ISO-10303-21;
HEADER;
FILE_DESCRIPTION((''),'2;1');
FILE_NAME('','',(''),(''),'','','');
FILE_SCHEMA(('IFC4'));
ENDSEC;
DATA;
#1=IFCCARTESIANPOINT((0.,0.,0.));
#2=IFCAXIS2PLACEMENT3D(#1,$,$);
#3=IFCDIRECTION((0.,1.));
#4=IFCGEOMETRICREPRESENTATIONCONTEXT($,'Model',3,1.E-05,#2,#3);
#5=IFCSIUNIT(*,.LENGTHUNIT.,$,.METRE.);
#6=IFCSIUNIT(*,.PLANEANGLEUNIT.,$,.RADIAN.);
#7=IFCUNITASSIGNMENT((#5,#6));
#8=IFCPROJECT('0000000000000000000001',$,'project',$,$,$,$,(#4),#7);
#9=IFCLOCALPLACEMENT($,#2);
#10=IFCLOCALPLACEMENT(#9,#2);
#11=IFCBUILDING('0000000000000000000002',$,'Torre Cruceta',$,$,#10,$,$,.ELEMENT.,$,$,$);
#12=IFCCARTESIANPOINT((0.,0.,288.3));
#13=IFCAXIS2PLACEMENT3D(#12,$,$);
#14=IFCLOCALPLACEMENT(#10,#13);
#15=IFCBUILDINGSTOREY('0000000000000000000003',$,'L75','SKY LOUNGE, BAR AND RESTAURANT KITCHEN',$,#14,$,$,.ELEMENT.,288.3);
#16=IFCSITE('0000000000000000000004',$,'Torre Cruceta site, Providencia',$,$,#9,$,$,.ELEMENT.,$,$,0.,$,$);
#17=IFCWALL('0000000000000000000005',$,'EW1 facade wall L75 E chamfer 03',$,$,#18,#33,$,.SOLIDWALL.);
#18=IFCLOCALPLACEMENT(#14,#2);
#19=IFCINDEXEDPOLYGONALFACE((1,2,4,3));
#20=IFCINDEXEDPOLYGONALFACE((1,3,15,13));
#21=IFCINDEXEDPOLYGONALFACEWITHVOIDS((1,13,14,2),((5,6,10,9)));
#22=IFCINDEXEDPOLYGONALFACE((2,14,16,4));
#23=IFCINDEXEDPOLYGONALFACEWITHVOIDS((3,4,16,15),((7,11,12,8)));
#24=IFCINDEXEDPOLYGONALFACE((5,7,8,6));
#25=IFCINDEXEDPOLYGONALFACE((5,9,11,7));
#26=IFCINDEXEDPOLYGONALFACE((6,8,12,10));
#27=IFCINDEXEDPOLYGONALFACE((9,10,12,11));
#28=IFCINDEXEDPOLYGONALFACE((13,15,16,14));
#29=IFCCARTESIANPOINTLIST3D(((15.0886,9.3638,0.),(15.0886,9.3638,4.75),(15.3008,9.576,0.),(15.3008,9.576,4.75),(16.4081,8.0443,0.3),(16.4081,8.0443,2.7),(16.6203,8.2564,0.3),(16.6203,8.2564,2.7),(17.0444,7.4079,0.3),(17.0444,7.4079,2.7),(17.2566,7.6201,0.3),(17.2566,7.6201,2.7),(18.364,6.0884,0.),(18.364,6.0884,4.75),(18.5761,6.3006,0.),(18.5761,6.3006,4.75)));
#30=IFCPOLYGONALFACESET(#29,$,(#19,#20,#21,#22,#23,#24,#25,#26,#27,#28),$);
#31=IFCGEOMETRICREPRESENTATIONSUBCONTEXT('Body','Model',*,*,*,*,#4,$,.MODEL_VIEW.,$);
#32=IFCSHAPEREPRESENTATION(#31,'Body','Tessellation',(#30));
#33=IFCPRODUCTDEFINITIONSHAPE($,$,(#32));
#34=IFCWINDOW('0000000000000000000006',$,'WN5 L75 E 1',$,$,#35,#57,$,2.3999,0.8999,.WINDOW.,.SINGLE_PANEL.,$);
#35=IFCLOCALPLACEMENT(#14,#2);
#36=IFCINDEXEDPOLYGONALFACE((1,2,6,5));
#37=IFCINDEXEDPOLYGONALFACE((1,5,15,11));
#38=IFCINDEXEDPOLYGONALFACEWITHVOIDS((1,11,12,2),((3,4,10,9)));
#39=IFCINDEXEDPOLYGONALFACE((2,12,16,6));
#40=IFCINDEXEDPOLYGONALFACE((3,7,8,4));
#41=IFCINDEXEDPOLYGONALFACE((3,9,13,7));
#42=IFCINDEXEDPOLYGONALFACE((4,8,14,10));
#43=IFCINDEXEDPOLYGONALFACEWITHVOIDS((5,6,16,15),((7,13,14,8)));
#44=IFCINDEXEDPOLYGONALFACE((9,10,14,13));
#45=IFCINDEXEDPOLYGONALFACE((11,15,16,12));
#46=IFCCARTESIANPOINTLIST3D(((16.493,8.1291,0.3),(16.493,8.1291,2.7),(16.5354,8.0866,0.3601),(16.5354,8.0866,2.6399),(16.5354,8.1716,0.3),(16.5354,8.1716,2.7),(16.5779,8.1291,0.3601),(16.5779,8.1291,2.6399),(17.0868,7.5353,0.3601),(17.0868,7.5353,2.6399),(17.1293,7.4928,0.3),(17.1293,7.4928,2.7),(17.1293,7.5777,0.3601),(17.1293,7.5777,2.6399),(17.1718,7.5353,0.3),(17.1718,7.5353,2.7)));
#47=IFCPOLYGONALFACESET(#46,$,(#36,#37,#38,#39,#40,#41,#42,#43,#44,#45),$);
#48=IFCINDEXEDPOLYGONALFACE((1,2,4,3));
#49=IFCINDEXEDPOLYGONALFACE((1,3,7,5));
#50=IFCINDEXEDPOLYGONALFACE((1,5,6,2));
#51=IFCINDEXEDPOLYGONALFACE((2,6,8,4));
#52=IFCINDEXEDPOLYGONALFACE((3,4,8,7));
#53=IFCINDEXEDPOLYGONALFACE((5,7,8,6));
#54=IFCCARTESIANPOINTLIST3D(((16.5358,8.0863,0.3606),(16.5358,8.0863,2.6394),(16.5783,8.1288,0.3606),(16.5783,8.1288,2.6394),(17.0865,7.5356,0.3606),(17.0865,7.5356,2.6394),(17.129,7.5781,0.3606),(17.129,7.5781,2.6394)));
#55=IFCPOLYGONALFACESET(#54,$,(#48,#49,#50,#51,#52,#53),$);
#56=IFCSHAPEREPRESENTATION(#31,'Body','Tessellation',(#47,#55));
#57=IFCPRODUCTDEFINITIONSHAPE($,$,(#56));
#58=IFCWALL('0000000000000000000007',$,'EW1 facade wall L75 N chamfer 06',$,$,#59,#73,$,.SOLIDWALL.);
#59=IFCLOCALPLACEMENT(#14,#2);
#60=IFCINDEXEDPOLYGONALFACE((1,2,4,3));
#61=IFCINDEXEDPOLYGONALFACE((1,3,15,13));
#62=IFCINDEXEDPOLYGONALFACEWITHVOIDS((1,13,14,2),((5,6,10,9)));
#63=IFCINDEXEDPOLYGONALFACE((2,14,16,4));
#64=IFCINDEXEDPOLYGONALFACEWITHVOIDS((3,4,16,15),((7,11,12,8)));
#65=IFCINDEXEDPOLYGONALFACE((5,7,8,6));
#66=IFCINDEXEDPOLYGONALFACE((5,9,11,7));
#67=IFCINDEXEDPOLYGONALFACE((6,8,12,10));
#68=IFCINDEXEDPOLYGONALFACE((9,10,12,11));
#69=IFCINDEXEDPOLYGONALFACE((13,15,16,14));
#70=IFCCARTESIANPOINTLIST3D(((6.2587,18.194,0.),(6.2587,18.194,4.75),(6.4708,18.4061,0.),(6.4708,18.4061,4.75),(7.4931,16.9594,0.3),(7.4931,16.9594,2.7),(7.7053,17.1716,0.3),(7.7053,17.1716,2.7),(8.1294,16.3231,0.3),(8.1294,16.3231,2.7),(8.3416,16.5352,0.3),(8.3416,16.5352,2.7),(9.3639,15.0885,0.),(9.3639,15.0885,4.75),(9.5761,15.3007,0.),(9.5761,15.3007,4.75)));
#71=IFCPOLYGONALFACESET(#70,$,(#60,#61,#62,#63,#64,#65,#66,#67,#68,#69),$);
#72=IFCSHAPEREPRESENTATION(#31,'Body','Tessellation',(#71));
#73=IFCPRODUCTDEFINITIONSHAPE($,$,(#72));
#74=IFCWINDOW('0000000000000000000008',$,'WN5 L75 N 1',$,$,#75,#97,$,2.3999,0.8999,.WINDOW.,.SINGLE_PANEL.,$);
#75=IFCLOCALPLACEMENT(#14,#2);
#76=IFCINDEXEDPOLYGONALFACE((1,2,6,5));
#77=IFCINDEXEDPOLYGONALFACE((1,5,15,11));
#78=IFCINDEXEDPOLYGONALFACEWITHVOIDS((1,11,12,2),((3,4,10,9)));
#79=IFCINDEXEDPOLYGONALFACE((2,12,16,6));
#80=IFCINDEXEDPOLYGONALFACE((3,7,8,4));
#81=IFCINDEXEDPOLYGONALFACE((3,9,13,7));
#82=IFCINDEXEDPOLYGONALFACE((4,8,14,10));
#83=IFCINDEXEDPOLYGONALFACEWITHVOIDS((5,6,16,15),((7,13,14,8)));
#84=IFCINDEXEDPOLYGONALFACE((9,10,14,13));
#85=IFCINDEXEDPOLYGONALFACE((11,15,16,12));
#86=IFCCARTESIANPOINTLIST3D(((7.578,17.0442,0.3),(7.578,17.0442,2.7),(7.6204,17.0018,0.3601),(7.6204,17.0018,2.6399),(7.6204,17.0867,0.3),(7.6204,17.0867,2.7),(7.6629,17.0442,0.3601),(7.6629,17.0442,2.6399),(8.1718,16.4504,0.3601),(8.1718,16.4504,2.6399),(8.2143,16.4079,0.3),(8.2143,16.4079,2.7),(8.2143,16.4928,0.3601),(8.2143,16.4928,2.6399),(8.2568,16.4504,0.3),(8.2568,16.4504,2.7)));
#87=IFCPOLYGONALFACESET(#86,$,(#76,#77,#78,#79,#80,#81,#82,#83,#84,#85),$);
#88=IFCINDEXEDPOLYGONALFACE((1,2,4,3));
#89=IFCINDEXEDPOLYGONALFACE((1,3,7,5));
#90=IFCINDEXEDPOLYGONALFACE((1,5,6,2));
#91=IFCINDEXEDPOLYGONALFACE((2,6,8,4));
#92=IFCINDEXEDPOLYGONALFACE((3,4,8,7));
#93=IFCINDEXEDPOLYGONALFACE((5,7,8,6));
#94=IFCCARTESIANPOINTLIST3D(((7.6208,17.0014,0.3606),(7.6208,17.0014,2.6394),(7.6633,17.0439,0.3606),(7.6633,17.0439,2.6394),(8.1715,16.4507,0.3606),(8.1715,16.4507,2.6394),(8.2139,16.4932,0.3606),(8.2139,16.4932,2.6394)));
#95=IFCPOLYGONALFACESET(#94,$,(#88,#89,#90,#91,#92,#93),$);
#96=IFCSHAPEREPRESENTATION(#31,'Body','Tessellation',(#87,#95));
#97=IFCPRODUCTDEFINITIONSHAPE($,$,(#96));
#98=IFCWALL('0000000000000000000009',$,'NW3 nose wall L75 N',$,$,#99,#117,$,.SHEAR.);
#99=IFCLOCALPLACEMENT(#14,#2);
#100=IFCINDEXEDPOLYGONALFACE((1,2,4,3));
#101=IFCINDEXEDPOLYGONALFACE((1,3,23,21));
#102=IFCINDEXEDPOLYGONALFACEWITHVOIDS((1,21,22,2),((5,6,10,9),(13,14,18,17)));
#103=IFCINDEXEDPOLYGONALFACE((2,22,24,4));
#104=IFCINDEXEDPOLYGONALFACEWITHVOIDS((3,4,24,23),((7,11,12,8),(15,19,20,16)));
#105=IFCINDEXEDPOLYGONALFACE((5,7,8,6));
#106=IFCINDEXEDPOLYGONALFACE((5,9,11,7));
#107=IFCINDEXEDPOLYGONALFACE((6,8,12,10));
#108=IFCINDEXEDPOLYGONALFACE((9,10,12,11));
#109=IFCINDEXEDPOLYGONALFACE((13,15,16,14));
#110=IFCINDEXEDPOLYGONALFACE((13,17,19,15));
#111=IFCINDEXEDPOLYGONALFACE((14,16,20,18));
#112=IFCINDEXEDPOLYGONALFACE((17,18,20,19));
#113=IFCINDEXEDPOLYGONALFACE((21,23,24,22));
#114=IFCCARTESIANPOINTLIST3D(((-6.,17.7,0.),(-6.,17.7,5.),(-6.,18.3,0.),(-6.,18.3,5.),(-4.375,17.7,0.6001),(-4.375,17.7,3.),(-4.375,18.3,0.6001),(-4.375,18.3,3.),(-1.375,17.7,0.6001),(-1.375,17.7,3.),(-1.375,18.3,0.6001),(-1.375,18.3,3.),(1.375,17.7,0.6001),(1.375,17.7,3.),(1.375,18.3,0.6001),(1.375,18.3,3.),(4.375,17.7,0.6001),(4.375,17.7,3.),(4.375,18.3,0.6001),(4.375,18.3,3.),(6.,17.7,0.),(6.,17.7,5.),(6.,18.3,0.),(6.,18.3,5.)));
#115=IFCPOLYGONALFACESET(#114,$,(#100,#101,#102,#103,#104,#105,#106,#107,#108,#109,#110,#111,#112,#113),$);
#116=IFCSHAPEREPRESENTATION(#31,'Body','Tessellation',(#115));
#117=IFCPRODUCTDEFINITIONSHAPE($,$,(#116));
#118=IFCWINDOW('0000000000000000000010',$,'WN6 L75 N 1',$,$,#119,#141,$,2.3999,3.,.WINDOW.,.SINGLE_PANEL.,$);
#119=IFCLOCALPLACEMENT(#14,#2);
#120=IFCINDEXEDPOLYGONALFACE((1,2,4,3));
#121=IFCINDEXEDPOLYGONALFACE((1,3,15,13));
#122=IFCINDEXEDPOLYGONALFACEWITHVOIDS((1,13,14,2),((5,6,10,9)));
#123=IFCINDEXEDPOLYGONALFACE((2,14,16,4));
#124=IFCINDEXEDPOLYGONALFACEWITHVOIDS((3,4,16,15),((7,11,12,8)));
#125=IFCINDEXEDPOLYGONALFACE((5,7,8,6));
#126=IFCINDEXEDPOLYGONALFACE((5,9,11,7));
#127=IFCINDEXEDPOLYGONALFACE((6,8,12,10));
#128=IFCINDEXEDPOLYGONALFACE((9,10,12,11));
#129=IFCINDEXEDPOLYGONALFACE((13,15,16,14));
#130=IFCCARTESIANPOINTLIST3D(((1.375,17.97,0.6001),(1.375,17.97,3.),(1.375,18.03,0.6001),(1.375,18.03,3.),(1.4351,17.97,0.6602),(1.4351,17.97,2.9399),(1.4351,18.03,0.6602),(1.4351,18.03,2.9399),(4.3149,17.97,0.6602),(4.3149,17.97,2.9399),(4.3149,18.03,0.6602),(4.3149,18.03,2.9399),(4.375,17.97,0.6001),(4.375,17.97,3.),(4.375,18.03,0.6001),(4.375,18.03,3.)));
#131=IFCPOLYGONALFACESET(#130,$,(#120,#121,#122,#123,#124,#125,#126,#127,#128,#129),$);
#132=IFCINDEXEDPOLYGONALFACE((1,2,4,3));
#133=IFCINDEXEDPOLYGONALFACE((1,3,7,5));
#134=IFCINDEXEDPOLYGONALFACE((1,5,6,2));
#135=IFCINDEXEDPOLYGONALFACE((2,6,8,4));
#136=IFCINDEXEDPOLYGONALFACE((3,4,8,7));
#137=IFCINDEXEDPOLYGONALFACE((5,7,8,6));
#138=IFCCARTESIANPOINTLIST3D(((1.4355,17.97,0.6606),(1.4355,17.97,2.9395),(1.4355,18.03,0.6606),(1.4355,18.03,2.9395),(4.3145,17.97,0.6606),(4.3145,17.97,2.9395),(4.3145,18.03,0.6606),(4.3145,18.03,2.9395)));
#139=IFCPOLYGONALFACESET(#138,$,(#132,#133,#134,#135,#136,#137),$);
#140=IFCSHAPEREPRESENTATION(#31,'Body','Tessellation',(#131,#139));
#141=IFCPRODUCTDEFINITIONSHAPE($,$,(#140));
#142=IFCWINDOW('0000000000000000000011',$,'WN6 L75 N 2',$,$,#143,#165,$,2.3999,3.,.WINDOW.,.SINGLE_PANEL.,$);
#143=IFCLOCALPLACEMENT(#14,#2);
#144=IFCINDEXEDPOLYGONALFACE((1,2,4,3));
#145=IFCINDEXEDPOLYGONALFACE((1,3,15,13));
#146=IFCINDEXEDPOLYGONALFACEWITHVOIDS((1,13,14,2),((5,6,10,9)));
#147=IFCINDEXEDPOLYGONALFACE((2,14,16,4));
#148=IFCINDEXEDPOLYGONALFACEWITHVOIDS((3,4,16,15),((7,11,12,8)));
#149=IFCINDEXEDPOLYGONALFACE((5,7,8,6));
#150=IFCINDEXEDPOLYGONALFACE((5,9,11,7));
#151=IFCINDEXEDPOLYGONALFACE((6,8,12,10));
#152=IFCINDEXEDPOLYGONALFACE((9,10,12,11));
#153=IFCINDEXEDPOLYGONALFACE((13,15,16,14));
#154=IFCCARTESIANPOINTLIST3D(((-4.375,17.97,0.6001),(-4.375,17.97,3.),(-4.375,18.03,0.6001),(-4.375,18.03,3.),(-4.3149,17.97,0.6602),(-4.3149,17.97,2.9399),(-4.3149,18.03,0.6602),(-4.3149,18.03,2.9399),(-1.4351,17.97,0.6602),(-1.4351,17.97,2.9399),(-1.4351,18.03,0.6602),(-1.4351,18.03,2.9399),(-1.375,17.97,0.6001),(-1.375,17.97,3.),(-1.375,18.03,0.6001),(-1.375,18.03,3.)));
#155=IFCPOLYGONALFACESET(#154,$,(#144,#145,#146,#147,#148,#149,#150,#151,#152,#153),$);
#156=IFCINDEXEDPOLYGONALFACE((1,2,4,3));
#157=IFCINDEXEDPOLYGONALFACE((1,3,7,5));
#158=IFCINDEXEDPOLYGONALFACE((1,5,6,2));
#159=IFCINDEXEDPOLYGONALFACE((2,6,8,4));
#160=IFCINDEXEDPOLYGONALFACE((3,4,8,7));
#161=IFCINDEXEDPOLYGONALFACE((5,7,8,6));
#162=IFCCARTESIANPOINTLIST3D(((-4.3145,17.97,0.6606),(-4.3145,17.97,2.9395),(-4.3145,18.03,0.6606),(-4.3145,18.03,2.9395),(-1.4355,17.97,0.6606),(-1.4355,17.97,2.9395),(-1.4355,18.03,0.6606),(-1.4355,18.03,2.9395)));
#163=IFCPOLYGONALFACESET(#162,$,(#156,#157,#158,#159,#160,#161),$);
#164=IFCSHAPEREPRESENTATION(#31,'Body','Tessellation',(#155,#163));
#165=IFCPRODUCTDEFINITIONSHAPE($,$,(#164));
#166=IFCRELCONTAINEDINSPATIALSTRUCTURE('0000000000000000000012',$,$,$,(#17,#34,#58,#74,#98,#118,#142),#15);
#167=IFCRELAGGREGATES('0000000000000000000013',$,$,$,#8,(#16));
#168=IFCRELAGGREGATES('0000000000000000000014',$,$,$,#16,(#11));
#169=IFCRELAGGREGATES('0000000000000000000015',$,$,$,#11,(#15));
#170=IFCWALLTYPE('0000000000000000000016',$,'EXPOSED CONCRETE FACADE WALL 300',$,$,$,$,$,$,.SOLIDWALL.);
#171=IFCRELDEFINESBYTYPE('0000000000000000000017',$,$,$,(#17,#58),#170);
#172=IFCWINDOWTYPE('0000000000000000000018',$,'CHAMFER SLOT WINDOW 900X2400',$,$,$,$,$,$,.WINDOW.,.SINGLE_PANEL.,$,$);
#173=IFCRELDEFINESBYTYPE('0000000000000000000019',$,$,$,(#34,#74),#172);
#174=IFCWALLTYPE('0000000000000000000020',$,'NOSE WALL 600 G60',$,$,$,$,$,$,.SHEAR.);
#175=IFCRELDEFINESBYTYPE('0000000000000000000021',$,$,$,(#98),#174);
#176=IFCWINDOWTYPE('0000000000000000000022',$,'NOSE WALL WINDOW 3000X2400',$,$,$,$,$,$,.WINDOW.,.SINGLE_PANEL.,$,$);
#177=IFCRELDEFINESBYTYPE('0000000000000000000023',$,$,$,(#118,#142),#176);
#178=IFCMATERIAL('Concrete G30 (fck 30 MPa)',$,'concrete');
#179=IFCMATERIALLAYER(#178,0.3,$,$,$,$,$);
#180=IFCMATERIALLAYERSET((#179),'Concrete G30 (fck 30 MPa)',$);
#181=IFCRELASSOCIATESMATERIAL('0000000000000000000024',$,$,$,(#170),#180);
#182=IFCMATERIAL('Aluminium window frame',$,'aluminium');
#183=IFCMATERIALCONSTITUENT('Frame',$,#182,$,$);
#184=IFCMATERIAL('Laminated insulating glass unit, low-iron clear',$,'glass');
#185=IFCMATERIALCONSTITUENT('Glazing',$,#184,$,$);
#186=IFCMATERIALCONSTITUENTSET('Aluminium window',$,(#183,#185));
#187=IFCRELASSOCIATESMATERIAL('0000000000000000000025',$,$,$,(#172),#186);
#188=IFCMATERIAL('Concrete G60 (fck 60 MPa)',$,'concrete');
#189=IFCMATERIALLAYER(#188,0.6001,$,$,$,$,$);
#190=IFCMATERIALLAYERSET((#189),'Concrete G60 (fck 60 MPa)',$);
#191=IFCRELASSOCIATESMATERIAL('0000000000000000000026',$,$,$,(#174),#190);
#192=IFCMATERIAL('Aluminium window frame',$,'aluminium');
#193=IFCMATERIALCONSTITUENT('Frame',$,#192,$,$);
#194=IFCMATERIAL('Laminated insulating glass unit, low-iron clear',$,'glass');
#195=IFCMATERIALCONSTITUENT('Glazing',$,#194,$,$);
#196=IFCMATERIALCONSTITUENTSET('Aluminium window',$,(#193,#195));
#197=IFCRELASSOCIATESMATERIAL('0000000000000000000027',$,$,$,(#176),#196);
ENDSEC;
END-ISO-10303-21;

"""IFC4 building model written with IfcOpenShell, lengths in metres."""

from ifc_helpers import new_model, si_unit, direction, frame, frame_2d, origin, place, context, subcontext, project, spatial, rectangle, hollow_rectangle, extrude, material, layer, layer_set, constituent, constituent_set, type_object, element, fill, save


model = new_model("IFC4")

# Units and contexts
model_context = context("Model", 3, precision=1e-05, world=origin(), true_north=direction((0.0, 1.0)))
body_context = subcontext(model_context, "Body", "Model", "MODEL_VIEW")
ifc_project = project(units=[si_unit("LENGTHUNIT", "METRE"), si_unit("PLANEANGLEUNIT", "RADIAN")], contexts=[model_context])

# Site, building, storey
site_placement = place(None, origin())
site = spatial("IfcSite", under=ifc_project, at=site_placement, Name="Torre Cruceta site, Providencia", CompositionType="ELEMENT", RefElevation=0.0)
building_placement = place(site_placement, origin())
building = spatial("IfcBuilding", under=site, at=building_placement, Name="Torre Cruceta", CompositionType="ELEMENT")
storey_placement = place(building_placement, frame((0.0, 0.0, 288.3)))
storey = spatial("IfcBuildingStorey", under=building, at=storey_placement, Name="L75", Description="SKY LOUNGE, BAR AND RESTAURANT KITCHEN", CompositionType="ELEMENT", Elevation=288.3)

# Walls, openings, windows
ifc_material_1 = material(Name="Concrete G30 (fck 30 MPa)", Category="concrete")
ifc_layer_1 = layer(ifc_material_1, 0.3)
ifc_layer_set_1 = layer_set([ifc_layer_1], Name="Concrete G30 (fck 30 MPa)")
wall_type_1 = type_object("IfcWallType", Name="EXPOSED CONCRETE FACADE WALL 300", PredefinedType="SOLIDWALL", material=ifc_layer_set_1)
wall_1_placement = place(storey_placement, frame((18.47, 6.1946, 0.0), z_axis=(0.0, 0.0, 1.0), x_axis=(-0.707107, 0.707107, 0.0)))
wall_1 = element("IfcWall", 1, at=wall_1_placement, inside=storey, type_object=wall_type_1, Name="EW1 facade wall L75 E chamfer 03", PredefinedType="SOLIDWALL", context=body_context, shape_type="SweptSolid", body=[
    extrude(rectangle(XDim=4.6321, YDim=0.3, at=frame_2d((2.3159, 0.0))), origin(), (0.0, 0.0, 1.0), 4.75),
])
opening_1_placement = place(wall_1_placement, frame((1.866, 0.0, 0.3)))
opening_1 = element("IfcOpeningElement", 2, at=opening_1_placement, cuts=wall_1, PredefinedType="OPENING", context=body_context, shape_type="SweptSolid", body=[
    extrude(rectangle(XDim=0.8999, YDim=2.3999, at=frame_2d((0.45, 1.2))), frame((0.0, 0.1599, 0.0), z_axis=(0.0, -1.0, 0.0), x_axis=(1.0, 0.0, 0.0)), (0.0, 0.0, 1.0), 0.3201),
])
ifc_material_2 = material(Name="Aluminium window frame", Category="aluminium")
ifc_constituent_1 = constituent(ifc_material_2, Name="Frame")
ifc_material_3 = material(Name="Laminated insulating glass unit, low-iron clear", Category="glass")
ifc_constituent_2 = constituent(ifc_material_3, Name="Glazing")
ifc_constituent_set_1 = constituent_set(constituents=[ifc_constituent_1, ifc_constituent_2], Name="Aluminium window")
window_type_1 = type_object("IfcWindowType", Name="CHAMFER SLOT WINDOW 900X2400", PartitioningType="SINGLE_PANEL", PredefinedType="WINDOW", material=ifc_constituent_set_1)
window_1_placement = place(opening_1_placement, origin())
window_1 = element("IfcWindow", 3, at=window_1_placement, inside=storey, type_object=window_type_1, Name="WN5 L75 E 1", OverallHeight=2.3999, OverallWidth=0.8999, PartitioningType="SINGLE_PANEL", PredefinedType="WINDOW", context=body_context, shape_type="SweptSolid", body=[
    extrude(hollow_rectangle(XDim=0.8999, YDim=2.3999, WallThickness=0.0601, at=frame_2d((0.45, 1.2))), frame((0.0, 0.03, 0.0), z_axis=(0.0, -1.0, 0.0), x_axis=(1.0, 0.0, 0.0)), (0.0, 0.0, 1.0), 0.0601),
    extrude(rectangle(XDim=0.7788, YDim=2.2788, at=frame_2d((0.45, 1.2))), frame((0.0, 0.03, 0.0), z_axis=(0.0, -1.0, 0.0), x_axis=(1.0, 0.0, 0.0)), (0.0, 0.0, 1.0), 0.0601),
])
fill(opening_1, window_1)
wall_2_placement = place(storey_placement, frame((9.47, 15.1946, 0.0), z_axis=(0.0, 0.0, 1.0), x_axis=(-0.707079, 0.707135, 0.0)))
wall_2 = element("IfcWall", 4, at=wall_2_placement, inside=storey, type_object=wall_type_1, Name="EW1 facade wall L75 N chamfer 06", PredefinedType="SOLIDWALL", context=body_context, shape_type="SweptSolid", body=[
    extrude(rectangle(XDim=4.3916, YDim=0.3, at=frame_2d((2.1958, 0.0))), origin(), (0.0, 0.0, 1.0), 4.75),
])
opening_2_placement = place(wall_2_placement, frame((1.7458, 0.0, 0.3)))
opening_2 = element("IfcOpeningElement", 5, at=opening_2_placement, cuts=wall_2, PredefinedType="OPENING", context=body_context, shape_type="SweptSolid", body=[
    extrude(rectangle(XDim=0.8999, YDim=2.3999, at=frame_2d((0.45, 1.2))), frame((0.0, 0.1599, 0.0), z_axis=(0.0, -1.0, 0.0), x_axis=(1.0, 0.0, 0.0)), (0.0, 0.0, 1.0), 0.3201),
])
window_2_placement = place(opening_2_placement, origin())
window_2 = element("IfcWindow", 6, at=window_2_placement, inside=storey, type_object=window_type_1, Name="WN5 L75 N 1", OverallHeight=2.3999, OverallWidth=0.8999, PartitioningType="SINGLE_PANEL", PredefinedType="WINDOW", context=body_context, shape_type="SweptSolid", body=[
    extrude(hollow_rectangle(XDim=0.8999, YDim=2.3999, WallThickness=0.0601, at=frame_2d((0.45, 1.2))), frame((0.0, 0.03, 0.0), z_axis=(0.0, -1.0, 0.0), x_axis=(1.0, 0.0, 0.0)), (0.0, 0.0, 1.0), 0.0601),
    extrude(rectangle(XDim=0.7788, YDim=2.2788, at=frame_2d((0.45, 1.2))), frame((0.0, 0.03, 0.0), z_axis=(0.0, -1.0, 0.0), x_axis=(1.0, 0.0, 0.0)), (0.0, 0.0, 1.0), 0.0601),
])
fill(opening_2, window_2)

# Wall, openings, windows
ifc_material_4 = material(Name="Concrete G60 (fck 60 MPa)", Category="concrete")
ifc_layer_2 = layer(ifc_material_4, 0.6001)
ifc_layer_set_2 = layer_set([ifc_layer_2], Name="Concrete G60 (fck 60 MPa)")
wall_type_2 = type_object("IfcWallType", Name="NOSE WALL 600 G60", PredefinedType="SHEAR", material=ifc_layer_set_2)
wall_3_placement = place(storey_placement, frame((6.0, 18.0, 0.0), z_axis=(0.0, 0.0, 1.0), x_axis=(-1.0, 0.0, 0.0)))
wall_3 = element("IfcWall", 7, at=wall_3_placement, inside=storey, type_object=wall_type_2, Name="NW3 nose wall L75 N", PredefinedType="SHEAR", context=body_context, shape_type="SweptSolid", body=[
    extrude(rectangle(XDim=12.0, YDim=0.6001, at=frame_2d((6.0, 0.0))), origin(), (0.0, 0.0, 1.0), 5.0),
])
opening_3_placement = place(wall_3_placement, frame((1.625, 0.0, 0.6001)))
opening_3 = element("IfcOpeningElement", 8, at=opening_3_placement, cuts=wall_3, PredefinedType="OPENING", context=body_context, shape_type="SweptSolid", body=[
    extrude(rectangle(XDim=3.0, YDim=2.3999, at=frame_2d((1.5, 1.2))), frame((0.0, 0.3101, 0.0), z_axis=(0.0, -1.0, 0.0), x_axis=(1.0, 0.0, 0.0)), (0.0, 0.0, 1.0), 0.6201),
])
opening_4_placement = place(wall_3_placement, frame((7.375, 0.0, 0.6001)))
opening_4 = element("IfcOpeningElement", 9, at=opening_4_placement, cuts=wall_3, PredefinedType="OPENING", context=body_context, shape_type="SweptSolid", body=[
    extrude(rectangle(XDim=3.0, YDim=2.3999, at=frame_2d((1.5, 1.2))), frame((0.0, 0.3101, 0.0), z_axis=(0.0, -1.0, 0.0), x_axis=(1.0, 0.0, 0.0)), (0.0, 0.0, 1.0), 0.6201),
])
ifc_material_5 = material(Name="Aluminium window frame", Category="aluminium")
ifc_constituent_3 = constituent(ifc_material_5, Name="Frame")
ifc_material_6 = material(Name="Laminated insulating glass unit, low-iron clear", Category="glass")
ifc_constituent_4 = constituent(ifc_material_6, Name="Glazing")
ifc_constituent_set_2 = constituent_set(constituents=[ifc_constituent_3, ifc_constituent_4], Name="Aluminium window")
window_type_2 = type_object("IfcWindowType", Name="NOSE WALL WINDOW 3000X2400", PartitioningType="SINGLE_PANEL", PredefinedType="WINDOW", material=ifc_constituent_set_2)
window_3_placement = place(opening_3_placement, origin())
window_3 = element("IfcWindow", 10, at=window_3_placement, inside=storey, type_object=window_type_2, Name="WN6 L75 N 1", OverallHeight=2.3999, OverallWidth=3.0, PartitioningType="SINGLE_PANEL", PredefinedType="WINDOW", context=body_context, shape_type="SweptSolid", body=[
    extrude(hollow_rectangle(XDim=3.0, YDim=2.3999, WallThickness=0.0601, at=frame_2d((1.5, 1.2))), frame((0.0, 0.03, 0.0), z_axis=(0.0, -1.0, 0.0), x_axis=(1.0, 0.0, 0.0)), (0.0, 0.0, 1.0), 0.0601),
    extrude(rectangle(XDim=2.8789, YDim=2.2788, at=frame_2d((1.5, 1.2))), frame((0.0, 0.03, 0.0), z_axis=(0.0, -1.0, 0.0), x_axis=(1.0, 0.0, 0.0)), (0.0, 0.0, 1.0), 0.0601),
])
fill(opening_3, window_3)
window_4_placement = place(opening_4_placement, origin())
window_4 = element("IfcWindow", 11, at=window_4_placement, inside=storey, type_object=window_type_2, Name="WN6 L75 N 2", OverallHeight=2.3999, OverallWidth=3.0, PartitioningType="SINGLE_PANEL", PredefinedType="WINDOW", context=body_context, shape_type="SweptSolid", body=[
    extrude(hollow_rectangle(XDim=3.0, YDim=2.3999, WallThickness=0.0601, at=frame_2d((1.5, 1.2))), frame((0.0, 0.03, 0.0), z_axis=(0.0, -1.0, 0.0), x_axis=(1.0, 0.0, 0.0)), (0.0, 0.0, 1.0), 0.0601),
    extrude(rectangle(XDim=2.8789, YDim=2.2788, at=frame_2d((1.5, 1.2))), frame((0.0, 0.03, 0.0), z_axis=(0.0, -1.0, 0.0), x_axis=(1.0, 0.0, 0.0)), (0.0, 0.0, 1.0), 0.0601),
])
fill(opening_4, window_4)

save(model, "model.ifc")
